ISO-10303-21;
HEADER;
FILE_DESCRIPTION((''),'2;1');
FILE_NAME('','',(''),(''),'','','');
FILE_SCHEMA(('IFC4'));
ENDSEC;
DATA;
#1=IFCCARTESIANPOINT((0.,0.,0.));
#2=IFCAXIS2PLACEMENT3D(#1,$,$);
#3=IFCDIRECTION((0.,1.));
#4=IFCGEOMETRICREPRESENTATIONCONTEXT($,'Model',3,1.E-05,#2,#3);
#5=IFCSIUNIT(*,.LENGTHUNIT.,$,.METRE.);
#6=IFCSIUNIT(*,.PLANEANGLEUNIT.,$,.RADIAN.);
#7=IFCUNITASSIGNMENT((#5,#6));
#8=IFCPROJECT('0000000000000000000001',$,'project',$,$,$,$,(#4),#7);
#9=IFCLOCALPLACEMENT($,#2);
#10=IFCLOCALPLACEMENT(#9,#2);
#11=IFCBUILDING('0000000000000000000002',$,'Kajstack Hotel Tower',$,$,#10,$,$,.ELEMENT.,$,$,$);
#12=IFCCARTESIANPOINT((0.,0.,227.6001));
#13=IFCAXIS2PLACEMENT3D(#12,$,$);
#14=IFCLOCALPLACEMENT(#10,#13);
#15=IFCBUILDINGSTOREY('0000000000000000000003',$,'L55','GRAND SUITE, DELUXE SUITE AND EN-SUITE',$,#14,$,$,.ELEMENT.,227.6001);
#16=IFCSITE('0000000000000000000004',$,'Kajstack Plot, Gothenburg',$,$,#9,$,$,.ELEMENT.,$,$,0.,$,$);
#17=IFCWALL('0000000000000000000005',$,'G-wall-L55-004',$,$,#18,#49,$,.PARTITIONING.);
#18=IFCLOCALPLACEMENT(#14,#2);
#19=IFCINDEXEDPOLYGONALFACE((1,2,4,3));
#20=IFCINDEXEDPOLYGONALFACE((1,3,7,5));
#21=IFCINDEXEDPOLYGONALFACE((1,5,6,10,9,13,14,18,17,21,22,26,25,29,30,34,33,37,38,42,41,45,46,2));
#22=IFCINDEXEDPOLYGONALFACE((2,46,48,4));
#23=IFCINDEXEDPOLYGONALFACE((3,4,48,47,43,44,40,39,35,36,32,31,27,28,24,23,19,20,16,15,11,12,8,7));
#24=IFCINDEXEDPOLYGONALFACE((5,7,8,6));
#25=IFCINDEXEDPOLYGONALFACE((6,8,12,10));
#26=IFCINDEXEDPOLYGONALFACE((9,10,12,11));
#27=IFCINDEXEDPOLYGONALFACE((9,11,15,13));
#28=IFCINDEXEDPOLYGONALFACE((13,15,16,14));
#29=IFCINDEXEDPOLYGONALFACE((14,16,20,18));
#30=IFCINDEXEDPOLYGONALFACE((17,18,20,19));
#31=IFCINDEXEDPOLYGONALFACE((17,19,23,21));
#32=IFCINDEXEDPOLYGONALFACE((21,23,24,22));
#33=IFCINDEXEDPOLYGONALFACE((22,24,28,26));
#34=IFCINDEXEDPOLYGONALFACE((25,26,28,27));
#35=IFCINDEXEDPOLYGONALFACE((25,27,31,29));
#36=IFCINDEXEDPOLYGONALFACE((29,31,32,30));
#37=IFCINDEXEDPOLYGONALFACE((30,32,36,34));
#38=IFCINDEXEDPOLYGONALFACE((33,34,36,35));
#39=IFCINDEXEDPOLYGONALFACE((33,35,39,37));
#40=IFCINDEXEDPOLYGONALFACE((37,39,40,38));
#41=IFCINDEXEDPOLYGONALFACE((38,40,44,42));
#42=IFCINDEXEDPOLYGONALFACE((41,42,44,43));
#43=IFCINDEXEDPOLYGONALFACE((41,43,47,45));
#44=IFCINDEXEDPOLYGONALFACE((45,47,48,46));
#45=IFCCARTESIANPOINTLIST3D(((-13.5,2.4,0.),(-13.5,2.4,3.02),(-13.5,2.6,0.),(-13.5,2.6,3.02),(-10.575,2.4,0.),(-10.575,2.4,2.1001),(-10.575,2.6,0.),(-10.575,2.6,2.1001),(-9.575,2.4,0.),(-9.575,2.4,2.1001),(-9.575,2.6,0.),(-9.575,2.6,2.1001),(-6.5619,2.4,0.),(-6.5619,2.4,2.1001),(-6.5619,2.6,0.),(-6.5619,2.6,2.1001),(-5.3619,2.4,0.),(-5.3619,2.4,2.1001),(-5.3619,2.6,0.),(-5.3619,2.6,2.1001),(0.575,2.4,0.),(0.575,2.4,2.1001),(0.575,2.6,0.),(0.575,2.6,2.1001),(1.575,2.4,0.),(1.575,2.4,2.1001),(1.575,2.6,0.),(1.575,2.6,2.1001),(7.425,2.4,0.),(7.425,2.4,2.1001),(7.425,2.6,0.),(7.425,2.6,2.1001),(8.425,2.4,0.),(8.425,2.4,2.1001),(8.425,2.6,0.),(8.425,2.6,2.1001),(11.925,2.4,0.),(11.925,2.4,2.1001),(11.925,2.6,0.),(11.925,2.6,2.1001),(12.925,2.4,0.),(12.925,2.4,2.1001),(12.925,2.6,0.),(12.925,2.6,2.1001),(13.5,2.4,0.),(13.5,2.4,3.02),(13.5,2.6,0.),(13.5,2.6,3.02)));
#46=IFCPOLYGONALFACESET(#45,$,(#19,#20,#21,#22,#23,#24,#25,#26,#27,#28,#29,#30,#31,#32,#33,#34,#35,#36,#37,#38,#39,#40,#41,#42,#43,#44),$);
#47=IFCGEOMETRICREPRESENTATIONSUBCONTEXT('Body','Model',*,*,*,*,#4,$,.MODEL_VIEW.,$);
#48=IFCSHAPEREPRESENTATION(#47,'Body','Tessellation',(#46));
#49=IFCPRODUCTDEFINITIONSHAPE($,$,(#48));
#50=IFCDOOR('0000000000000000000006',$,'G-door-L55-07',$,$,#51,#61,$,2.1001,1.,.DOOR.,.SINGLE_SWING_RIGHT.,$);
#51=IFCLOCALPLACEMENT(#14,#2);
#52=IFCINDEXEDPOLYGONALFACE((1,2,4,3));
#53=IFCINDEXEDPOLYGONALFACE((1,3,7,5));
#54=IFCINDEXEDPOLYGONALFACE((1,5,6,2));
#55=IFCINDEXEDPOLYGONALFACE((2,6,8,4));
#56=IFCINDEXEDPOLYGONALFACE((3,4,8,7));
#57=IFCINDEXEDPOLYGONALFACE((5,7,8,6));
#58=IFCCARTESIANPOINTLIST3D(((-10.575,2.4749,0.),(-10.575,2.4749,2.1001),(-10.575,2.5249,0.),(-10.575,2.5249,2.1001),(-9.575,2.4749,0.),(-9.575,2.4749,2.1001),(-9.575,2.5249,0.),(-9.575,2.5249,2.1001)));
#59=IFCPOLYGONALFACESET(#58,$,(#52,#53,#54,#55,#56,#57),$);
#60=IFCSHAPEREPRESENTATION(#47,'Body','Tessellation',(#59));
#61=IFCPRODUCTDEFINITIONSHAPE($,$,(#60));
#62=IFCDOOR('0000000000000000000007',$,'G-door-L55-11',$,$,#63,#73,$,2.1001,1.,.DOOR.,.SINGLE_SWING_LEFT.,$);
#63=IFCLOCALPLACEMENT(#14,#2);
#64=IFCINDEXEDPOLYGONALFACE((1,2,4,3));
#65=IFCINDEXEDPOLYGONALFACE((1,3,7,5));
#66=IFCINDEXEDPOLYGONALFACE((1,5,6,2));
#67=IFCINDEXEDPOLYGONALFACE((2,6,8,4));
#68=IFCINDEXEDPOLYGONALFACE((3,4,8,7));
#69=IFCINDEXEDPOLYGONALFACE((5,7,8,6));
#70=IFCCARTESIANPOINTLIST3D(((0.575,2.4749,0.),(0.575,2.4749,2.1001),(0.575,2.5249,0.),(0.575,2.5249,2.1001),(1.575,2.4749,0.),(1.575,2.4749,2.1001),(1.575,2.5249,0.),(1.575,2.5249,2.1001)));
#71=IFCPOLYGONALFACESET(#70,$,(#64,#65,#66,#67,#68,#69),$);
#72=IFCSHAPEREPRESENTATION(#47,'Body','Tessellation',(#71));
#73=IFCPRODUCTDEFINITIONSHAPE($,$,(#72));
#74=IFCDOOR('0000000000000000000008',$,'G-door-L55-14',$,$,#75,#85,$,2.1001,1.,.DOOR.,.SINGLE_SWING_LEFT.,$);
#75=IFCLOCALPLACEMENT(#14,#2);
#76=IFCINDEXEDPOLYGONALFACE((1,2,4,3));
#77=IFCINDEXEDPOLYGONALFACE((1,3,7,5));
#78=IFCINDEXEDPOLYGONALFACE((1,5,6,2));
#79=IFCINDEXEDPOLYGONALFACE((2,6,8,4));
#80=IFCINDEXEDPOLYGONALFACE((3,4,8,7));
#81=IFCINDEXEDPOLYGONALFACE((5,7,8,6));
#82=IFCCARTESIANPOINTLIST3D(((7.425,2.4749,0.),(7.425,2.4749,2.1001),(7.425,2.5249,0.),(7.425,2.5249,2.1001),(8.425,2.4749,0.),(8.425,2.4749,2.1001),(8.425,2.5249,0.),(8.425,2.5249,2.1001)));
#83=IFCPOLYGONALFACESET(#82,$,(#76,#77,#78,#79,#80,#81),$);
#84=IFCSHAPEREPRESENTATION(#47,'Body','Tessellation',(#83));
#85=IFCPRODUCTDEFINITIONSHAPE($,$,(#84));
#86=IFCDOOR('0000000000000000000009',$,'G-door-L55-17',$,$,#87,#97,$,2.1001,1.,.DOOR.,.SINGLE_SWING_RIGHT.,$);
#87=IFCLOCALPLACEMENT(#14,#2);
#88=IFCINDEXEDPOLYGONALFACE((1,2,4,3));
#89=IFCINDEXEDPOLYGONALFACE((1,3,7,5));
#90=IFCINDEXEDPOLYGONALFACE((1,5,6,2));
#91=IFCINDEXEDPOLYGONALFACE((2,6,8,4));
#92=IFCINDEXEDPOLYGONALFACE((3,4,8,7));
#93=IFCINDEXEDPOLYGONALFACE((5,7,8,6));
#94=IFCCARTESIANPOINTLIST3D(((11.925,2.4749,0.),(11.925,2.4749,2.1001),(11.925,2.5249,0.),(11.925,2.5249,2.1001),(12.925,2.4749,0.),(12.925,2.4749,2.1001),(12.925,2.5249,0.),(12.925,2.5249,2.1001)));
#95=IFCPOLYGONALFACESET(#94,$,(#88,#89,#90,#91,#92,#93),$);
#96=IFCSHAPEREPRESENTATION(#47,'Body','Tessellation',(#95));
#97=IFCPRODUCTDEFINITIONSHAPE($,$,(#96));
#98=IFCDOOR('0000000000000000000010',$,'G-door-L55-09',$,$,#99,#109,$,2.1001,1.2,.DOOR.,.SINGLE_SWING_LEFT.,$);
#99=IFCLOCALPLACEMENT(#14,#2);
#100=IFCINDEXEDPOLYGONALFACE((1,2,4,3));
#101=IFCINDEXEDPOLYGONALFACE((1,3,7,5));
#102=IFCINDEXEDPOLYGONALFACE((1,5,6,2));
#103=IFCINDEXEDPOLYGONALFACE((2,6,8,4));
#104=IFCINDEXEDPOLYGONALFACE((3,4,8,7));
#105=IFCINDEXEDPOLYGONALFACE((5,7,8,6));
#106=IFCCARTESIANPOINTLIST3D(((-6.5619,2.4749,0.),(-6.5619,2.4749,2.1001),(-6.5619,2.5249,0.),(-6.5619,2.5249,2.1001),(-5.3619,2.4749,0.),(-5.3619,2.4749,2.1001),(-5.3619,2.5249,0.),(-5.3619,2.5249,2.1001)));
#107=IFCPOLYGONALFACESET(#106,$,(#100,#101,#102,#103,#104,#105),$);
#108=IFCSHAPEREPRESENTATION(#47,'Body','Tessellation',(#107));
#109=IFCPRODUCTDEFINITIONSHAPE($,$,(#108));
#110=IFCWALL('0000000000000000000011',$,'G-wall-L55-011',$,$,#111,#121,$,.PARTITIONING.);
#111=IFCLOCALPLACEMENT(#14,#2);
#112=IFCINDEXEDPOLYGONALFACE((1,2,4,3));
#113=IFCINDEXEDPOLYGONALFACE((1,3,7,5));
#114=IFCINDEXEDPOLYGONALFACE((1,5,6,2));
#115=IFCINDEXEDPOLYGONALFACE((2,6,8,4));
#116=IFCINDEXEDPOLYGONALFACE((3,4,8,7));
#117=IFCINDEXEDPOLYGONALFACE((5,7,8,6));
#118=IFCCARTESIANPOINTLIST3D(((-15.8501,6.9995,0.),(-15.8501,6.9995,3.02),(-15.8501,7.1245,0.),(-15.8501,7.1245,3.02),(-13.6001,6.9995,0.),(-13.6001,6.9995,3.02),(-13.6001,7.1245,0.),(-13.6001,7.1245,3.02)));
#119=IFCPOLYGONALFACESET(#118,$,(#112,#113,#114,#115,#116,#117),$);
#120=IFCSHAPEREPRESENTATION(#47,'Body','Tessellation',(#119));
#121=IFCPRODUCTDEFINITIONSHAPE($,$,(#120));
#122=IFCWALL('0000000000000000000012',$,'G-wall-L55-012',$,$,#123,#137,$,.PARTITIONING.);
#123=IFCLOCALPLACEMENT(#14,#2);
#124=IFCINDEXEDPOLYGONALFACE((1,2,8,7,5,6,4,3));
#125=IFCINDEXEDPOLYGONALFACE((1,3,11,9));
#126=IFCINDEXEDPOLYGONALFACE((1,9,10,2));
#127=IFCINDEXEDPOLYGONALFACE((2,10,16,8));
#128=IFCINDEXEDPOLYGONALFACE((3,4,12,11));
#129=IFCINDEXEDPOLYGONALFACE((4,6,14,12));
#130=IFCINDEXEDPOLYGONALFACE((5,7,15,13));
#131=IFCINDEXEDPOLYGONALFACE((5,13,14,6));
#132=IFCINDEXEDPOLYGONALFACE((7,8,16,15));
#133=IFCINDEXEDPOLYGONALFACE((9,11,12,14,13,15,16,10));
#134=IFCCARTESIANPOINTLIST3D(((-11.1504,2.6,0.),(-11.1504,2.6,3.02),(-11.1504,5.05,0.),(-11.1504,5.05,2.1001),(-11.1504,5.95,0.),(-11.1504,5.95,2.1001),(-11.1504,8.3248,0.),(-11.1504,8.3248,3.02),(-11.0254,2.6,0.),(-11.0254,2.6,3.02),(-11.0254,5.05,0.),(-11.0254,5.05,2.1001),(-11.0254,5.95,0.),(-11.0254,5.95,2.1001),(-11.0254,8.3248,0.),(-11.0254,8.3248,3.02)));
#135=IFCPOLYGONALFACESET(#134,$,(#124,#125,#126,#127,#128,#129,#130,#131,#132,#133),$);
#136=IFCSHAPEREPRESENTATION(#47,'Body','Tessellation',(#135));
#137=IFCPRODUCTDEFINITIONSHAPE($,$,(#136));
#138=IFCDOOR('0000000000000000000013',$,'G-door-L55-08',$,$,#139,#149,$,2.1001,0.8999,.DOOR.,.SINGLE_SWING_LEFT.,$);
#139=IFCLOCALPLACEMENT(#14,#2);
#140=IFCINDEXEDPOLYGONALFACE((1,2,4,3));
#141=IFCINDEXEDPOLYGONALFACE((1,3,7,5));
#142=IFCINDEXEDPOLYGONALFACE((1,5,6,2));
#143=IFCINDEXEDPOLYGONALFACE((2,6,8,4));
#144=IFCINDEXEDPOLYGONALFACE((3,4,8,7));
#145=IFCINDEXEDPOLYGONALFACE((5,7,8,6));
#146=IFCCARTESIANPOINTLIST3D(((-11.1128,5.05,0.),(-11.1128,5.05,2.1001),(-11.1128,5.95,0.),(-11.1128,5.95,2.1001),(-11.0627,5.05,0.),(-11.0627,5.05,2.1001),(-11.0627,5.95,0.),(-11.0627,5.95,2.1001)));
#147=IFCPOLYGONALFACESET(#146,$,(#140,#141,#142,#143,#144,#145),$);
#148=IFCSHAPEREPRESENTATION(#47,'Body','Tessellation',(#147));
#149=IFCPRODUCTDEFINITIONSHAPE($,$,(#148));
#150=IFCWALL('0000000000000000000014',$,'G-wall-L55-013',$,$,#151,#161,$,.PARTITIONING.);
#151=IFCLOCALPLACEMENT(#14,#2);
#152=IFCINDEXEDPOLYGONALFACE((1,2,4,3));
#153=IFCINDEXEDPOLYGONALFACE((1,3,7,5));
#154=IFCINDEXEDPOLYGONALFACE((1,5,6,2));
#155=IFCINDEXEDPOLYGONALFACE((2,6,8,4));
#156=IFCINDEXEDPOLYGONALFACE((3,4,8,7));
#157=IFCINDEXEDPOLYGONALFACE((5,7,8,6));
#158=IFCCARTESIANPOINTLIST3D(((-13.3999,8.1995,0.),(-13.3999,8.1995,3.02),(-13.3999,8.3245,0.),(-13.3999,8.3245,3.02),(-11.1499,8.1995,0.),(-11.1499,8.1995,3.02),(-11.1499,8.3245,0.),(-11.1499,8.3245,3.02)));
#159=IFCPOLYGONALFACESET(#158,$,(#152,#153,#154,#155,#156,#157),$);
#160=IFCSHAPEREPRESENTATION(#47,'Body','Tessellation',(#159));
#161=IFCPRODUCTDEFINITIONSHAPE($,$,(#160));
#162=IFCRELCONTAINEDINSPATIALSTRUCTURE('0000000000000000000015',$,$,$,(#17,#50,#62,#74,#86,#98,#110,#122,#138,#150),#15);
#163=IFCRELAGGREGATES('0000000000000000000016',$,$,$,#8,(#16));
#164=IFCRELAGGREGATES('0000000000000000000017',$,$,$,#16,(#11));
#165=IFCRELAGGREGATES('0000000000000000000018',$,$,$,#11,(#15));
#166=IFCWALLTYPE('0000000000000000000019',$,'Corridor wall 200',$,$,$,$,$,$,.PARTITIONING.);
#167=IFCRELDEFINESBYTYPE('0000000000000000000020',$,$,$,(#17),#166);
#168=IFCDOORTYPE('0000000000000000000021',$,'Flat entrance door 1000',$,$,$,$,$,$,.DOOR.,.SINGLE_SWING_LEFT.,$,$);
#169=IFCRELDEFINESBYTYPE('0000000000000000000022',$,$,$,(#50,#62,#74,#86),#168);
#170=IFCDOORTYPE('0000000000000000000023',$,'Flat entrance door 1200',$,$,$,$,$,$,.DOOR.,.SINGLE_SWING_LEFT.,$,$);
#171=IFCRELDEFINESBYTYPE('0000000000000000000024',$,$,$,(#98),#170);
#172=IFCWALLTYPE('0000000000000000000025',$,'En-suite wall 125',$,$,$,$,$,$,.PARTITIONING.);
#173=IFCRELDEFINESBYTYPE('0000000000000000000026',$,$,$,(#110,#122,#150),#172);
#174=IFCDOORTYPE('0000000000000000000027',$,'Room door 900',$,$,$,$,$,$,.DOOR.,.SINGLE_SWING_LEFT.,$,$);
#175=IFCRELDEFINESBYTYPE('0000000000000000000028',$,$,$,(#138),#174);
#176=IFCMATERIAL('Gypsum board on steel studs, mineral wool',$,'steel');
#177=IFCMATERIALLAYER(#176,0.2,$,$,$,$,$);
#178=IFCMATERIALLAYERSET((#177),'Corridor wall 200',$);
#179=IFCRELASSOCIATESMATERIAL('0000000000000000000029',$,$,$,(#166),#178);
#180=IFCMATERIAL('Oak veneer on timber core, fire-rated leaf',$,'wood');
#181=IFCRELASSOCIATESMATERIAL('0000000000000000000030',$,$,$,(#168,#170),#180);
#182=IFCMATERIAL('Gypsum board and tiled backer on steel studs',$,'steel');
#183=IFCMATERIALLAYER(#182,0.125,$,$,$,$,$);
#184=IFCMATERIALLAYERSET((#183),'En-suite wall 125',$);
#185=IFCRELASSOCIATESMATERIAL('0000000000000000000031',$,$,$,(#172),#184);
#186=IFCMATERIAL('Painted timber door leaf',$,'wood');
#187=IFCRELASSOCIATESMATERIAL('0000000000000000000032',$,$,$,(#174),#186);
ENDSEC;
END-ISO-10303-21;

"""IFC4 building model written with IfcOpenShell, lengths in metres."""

from ifc_helpers import new_model, si_unit, direction, frame, frame_2d, origin, place, context, subcontext, project, spatial, rectangle, extrude, material, layer, layer_set, type_object, element, fill, save


model = new_model("IFC4")

# Units and contexts
model_context = context("Model", 3, precision=1e-05, world=origin(), true_north=direction((0.0, 1.0)))
body_context = subcontext(model_context, "Body", "Model", "MODEL_VIEW")
ifc_project = project(units=[si_unit("LENGTHUNIT", "METRE"), si_unit("PLANEANGLEUNIT", "RADIAN")], contexts=[model_context])

# Site, building, storey
site_placement = place(None, origin())
site = spatial("IfcSite", under=ifc_project, at=site_placement, Name="Kajstack Plot, Gothenburg", CompositionType="ELEMENT", RefElevation=0.0)
building_placement = place(site_placement, origin())
building = spatial("IfcBuilding", under=site, at=building_placement, Name="Kajstack Hotel Tower", CompositionType="ELEMENT")
storey_placement = place(building_placement, frame((0.0, 0.0, 227.6001)))
storey = spatial("IfcBuildingStorey", under=building, at=storey_placement, Name="L55", Description="GRAND SUITE, DELUXE SUITE AND EN-SUITE", CompositionType="ELEMENT", Elevation=227.6001)

# Wall, openings, doors
ifc_material_1 = material(Name="Gypsum board on steel studs, mineral wool", Category="steel")
ifc_layer_1 = layer(ifc_material_1, 0.2)
ifc_layer_set_1 = layer_set([ifc_layer_1], Name="Corridor wall 200")
wall_type_1 = type_object("IfcWallType", Name="Corridor wall 200", PredefinedType="PARTITIONING", material=ifc_layer_set_1)
wall_1_placement = place(storey_placement, frame((-13.5, 2.5, 0.0), z_axis=(0.0, 0.0, 1.0), x_axis=(1.0, 0.0, 0.0)))
wall_1 = element("IfcWall", 1, at=wall_1_placement, inside=storey, type_object=wall_type_1, Name="G-wall-L55-004", PredefinedType="PARTITIONING", context=body_context, shape_type="SweptSolid", body=[
    extrude(rectangle(XDim=27.0, YDim=0.2, at=frame_2d((13.5, 0.0))), origin(), (0.0, 0.0, 1.0), 3.02),
])
opening_1_placement = place(wall_1_placement, frame((2.925, 0.0, 0.0)))
opening_1 = element("IfcOpeningElement", 2, at=opening_1_placement, cuts=wall_1, PredefinedType="OPENING", context=body_context, shape_type="SweptSolid", body=[
    extrude(rectangle(XDim=1.0, YDim=2.1001, at=frame_2d((0.5, 1.05))), frame((0.0, 0.1099, 0.0), z_axis=(0.0, -1.0, 0.0), x_axis=(1.0, 0.0, 0.0)), (0.0, 0.0, 1.0), 0.22),
])
opening_2_placement = place(wall_1_placement, frame((6.938, 0.0, 0.0)))
opening_2 = element("IfcOpeningElement", 3, at=opening_2_placement, cuts=wall_1, PredefinedType="OPENING", context=body_context, shape_type="SweptSolid", body=[
    extrude(rectangle(XDim=1.2, YDim=2.1001, at=frame_2d((0.6001, 1.05))), frame((0.0, 0.1099, 0.0), z_axis=(0.0, -1.0, 0.0), x_axis=(1.0, 0.0, 0.0)), (0.0, 0.0, 1.0), 0.22),
])
opening_3_placement = place(wall_1_placement, frame((14.075, 0.0, 0.0)))
opening_3 = element("IfcOpeningElement", 4, at=opening_3_placement, cuts=wall_1, PredefinedType="OPENING", context=body_context, shape_type="SweptSolid", body=[
    extrude(rectangle(XDim=1.0, YDim=2.1001, at=frame_2d((0.5, 1.05))), frame((0.0, 0.1099, 0.0), z_axis=(0.0, -1.0, 0.0), x_axis=(1.0, 0.0, 0.0)), (0.0, 0.0, 1.0), 0.22),
])
opening_4_placement = place(wall_1_placement, frame((20.925, 0.0, 0.0)))
opening_4 = element("IfcOpeningElement", 5, at=opening_4_placement, cuts=wall_1, PredefinedType="OPENING", context=body_context, shape_type="SweptSolid", body=[
    extrude(rectangle(XDim=1.0, YDim=2.1001, at=frame_2d((0.5, 1.05))), frame((0.0, 0.1099, 0.0), z_axis=(0.0, -1.0, 0.0), x_axis=(1.0, 0.0, 0.0)), (0.0, 0.0, 1.0), 0.22),
])
opening_5_placement = place(wall_1_placement, frame((25.425, 0.0, 0.0)))
opening_5 = element("IfcOpeningElement", 6, at=opening_5_placement, cuts=wall_1, PredefinedType="OPENING", context=body_context, shape_type="SweptSolid", body=[
    extrude(rectangle(XDim=1.0, YDim=2.1001, at=frame_2d((0.5, 1.05))), frame((0.0, 0.1099, 0.0), z_axis=(0.0, -1.0, 0.0), x_axis=(1.0, 0.0, 0.0)), (0.0, 0.0, 1.0), 0.22),
])
ifc_material_2 = material(Name="Oak veneer on timber core, fire-rated leaf", Category="wood")
door_type_1 = type_object("IfcDoorType", Name="Flat entrance door 1000", OperationType="SINGLE_SWING_LEFT", PredefinedType="DOOR", material=ifc_material_2)
door_1_placement = place(opening_1_placement, origin())
door_1 = element("IfcDoor", 7, at=door_1_placement, inside=storey, type_object=door_type_1, Name="G-door-L55-07", OperationType="SINGLE_SWING_RIGHT", OverallHeight=2.1001, OverallWidth=1.0, PredefinedType="DOOR", context=body_context, shape_type="SweptSolid", body=[
    extrude(rectangle(XDim=1.0, YDim=2.1001, at=frame_2d((0.5, 1.05))), frame((0.0, 0.0249, 0.0), z_axis=(0.0, -1.0, 0.0), x_axis=(1.0, 0.0, 0.0)), (0.0, 0.0, 1.0), 0.05),
])
fill(opening_1, door_1)
door_2_placement = place(opening_3_placement, origin())
door_2 = element("IfcDoor", 8, at=door_2_placement, inside=storey, type_object=door_type_1, Name="G-door-L55-11", OperationType="SINGLE_SWING_LEFT", OverallHeight=2.1001, OverallWidth=1.0, PredefinedType="DOOR", context=body_context, shape_type="SweptSolid", body=[
    extrude(rectangle(XDim=1.0, YDim=2.1001, at=frame_2d((0.5, 1.05))), frame((0.0, 0.0249, 0.0), z_axis=(0.0, -1.0, 0.0), x_axis=(1.0, 0.0, 0.0)), (0.0, 0.0, 1.0), 0.05),
])
fill(opening_3, door_2)
door_3_placement = place(opening_4_placement, origin())
door_3 = element("IfcDoor", 9, at=door_3_placement, inside=storey, type_object=door_type_1, Name="G-door-L55-14", OperationType="SINGLE_SWING_LEFT", OverallHeight=2.1001, OverallWidth=1.0, PredefinedType="DOOR", context=body_context, shape_type="SweptSolid", body=[
    extrude(rectangle(XDim=1.0, YDim=2.1001, at=frame_2d((0.5, 1.05))), frame((0.0, 0.0249, 0.0), z_axis=(0.0, -1.0, 0.0), x_axis=(1.0, 0.0, 0.0)), (0.0, 0.0, 1.0), 0.05),
])
fill(opening_4, door_3)
door_4_placement = place(opening_5_placement, origin())
door_4 = element("IfcDoor", 10, at=door_4_placement, inside=storey, type_object=door_type_1, Name="G-door-L55-17", OperationType="SINGLE_SWING_RIGHT", OverallHeight=2.1001, OverallWidth=1.0, PredefinedType="DOOR", context=body_context, shape_type="SweptSolid", body=[
    extrude(rectangle(XDim=1.0, YDim=2.1001, at=frame_2d((0.5, 1.05))), frame((0.0, 0.0249, 0.0), z_axis=(0.0, -1.0, 0.0), x_axis=(1.0, 0.0, 0.0)), (0.0, 0.0, 1.0), 0.05),
])
fill(opening_5, door_4)
door_type_2 = type_object("IfcDoorType", Name="Flat entrance door 1200", OperationType="SINGLE_SWING_LEFT", PredefinedType="DOOR", material=ifc_material_2)
door_5_placement = place(opening_2_placement, origin())
door_5 = element("IfcDoor", 11, at=door_5_placement, inside=storey, type_object=door_type_2, Name="G-door-L55-09", OperationType="SINGLE_SWING_LEFT", OverallHeight=2.1001, OverallWidth=1.2, PredefinedType="DOOR", context=body_context, shape_type="SweptSolid", body=[
    extrude(rectangle(XDim=1.2, YDim=2.1001, at=frame_2d((0.6001, 1.05))), frame((0.0, 0.0249, 0.0), z_axis=(0.0, -1.0, 0.0), x_axis=(1.0, 0.0, 0.0)), (0.0, 0.0, 1.0), 0.05),
])
fill(opening_2, door_5)

# Wall
ifc_material_3 = material(Name="Gypsum board and tiled backer on steel studs", Category="steel")
ifc_layer_2 = layer(ifc_material_3, 0.125)
ifc_layer_set_2 = layer_set([ifc_layer_2], Name="En-suite wall 125")
wall_type_2 = type_object("IfcWallType", Name="En-suite wall 125", PredefinedType="PARTITIONING", material=ifc_layer_set_2)
wall_2_placement = place(storey_placement, frame((-15.8501, 7.062, 0.0), z_axis=(0.0, 0.0, 1.0), x_axis=(1.0, 0.0, 0.0)))
element("IfcWall", 12, at=wall_2_placement, inside=storey, type_object=wall_type_2, Name="G-wall-L55-011", PredefinedType="PARTITIONING", context=body_context, shape_type="SweptSolid", body=[
    extrude(rectangle(XDim=2.25, YDim=0.125, at=frame_2d((1.125, 0.0))), origin(), (0.0, 0.0, 1.0), 3.02),
])

# Wall, opening, door
wall_3_placement = place(storey_placement, frame((-11.0879, 2.6001, 0.0), z_axis=(0.0, 0.0, 1.0), x_axis=(0.0, 1.0, 0.0)))
wall_3 = element("IfcWall", 13, at=wall_3_placement, inside=storey, type_object=wall_type_2, Name="G-wall-L55-012", PredefinedType="PARTITIONING", context=body_context, shape_type="SweptSolid", body=[
    extrude(rectangle(XDim=5.7249, YDim=0.125, at=frame_2d((2.8623, 0.0))), origin(), (0.0, 0.0, 1.0), 3.02),
])
opening_6_placement = place(wall_3_placement, frame((2.45, 0.0, 0.0)))
opening_6 = element("IfcOpeningElement", 14, at=opening_6_placement, cuts=wall_3, PredefinedType="OPENING", context=body_context, shape_type="SweptSolid", body=[
    extrude(rectangle(XDim=0.8999, YDim=2.1001, at=frame_2d((0.45, 1.05))), frame((0.0, 0.0725, 0.0), z_axis=(0.0, -1.0, 0.0), x_axis=(1.0, 0.0, 0.0)), (0.0, 0.0, 1.0), 0.145),
])
ifc_material_4 = material(Name="Painted timber door leaf", Category="wood")
door_type_3 = type_object("IfcDoorType", Name="Room door 900", OperationType="SINGLE_SWING_LEFT", PredefinedType="DOOR", material=ifc_material_4)
door_6_placement = place(opening_6_placement, origin())
door_6 = element("IfcDoor", 15, at=door_6_placement, inside=storey, type_object=door_type_3, Name="G-door-L55-08", OperationType="SINGLE_SWING_LEFT", OverallHeight=2.1001, OverallWidth=0.8999, PredefinedType="DOOR", context=body_context, shape_type="SweptSolid", body=[
    extrude(rectangle(XDim=0.8999, YDim=2.1001, at=frame_2d((0.45, 1.05))), frame((0.0, 0.0249, 0.0), z_axis=(0.0, -1.0, 0.0), x_axis=(1.0, 0.0, 0.0)), (0.0, 0.0, 1.0), 0.05),
])
fill(opening_6, door_6)

# Wall
wall_4_placement = place(storey_placement, frame((-13.3999, 8.262, 0.0), z_axis=(0.0, 0.0, 1.0), x_axis=(1.0, 0.0, 0.0)))
element("IfcWall", 16, at=wall_4_placement, inside=storey, type_object=wall_type_2, Name="G-wall-L55-013", PredefinedType="PARTITIONING", context=body_context, shape_type="SweptSolid", body=[
    extrude(rectangle(XDim=2.25, YDim=0.125, at=frame_2d((1.125, 0.0))), origin(), (0.0, 0.0, 1.0), 3.02),
])

save(model, "model.ifc")
